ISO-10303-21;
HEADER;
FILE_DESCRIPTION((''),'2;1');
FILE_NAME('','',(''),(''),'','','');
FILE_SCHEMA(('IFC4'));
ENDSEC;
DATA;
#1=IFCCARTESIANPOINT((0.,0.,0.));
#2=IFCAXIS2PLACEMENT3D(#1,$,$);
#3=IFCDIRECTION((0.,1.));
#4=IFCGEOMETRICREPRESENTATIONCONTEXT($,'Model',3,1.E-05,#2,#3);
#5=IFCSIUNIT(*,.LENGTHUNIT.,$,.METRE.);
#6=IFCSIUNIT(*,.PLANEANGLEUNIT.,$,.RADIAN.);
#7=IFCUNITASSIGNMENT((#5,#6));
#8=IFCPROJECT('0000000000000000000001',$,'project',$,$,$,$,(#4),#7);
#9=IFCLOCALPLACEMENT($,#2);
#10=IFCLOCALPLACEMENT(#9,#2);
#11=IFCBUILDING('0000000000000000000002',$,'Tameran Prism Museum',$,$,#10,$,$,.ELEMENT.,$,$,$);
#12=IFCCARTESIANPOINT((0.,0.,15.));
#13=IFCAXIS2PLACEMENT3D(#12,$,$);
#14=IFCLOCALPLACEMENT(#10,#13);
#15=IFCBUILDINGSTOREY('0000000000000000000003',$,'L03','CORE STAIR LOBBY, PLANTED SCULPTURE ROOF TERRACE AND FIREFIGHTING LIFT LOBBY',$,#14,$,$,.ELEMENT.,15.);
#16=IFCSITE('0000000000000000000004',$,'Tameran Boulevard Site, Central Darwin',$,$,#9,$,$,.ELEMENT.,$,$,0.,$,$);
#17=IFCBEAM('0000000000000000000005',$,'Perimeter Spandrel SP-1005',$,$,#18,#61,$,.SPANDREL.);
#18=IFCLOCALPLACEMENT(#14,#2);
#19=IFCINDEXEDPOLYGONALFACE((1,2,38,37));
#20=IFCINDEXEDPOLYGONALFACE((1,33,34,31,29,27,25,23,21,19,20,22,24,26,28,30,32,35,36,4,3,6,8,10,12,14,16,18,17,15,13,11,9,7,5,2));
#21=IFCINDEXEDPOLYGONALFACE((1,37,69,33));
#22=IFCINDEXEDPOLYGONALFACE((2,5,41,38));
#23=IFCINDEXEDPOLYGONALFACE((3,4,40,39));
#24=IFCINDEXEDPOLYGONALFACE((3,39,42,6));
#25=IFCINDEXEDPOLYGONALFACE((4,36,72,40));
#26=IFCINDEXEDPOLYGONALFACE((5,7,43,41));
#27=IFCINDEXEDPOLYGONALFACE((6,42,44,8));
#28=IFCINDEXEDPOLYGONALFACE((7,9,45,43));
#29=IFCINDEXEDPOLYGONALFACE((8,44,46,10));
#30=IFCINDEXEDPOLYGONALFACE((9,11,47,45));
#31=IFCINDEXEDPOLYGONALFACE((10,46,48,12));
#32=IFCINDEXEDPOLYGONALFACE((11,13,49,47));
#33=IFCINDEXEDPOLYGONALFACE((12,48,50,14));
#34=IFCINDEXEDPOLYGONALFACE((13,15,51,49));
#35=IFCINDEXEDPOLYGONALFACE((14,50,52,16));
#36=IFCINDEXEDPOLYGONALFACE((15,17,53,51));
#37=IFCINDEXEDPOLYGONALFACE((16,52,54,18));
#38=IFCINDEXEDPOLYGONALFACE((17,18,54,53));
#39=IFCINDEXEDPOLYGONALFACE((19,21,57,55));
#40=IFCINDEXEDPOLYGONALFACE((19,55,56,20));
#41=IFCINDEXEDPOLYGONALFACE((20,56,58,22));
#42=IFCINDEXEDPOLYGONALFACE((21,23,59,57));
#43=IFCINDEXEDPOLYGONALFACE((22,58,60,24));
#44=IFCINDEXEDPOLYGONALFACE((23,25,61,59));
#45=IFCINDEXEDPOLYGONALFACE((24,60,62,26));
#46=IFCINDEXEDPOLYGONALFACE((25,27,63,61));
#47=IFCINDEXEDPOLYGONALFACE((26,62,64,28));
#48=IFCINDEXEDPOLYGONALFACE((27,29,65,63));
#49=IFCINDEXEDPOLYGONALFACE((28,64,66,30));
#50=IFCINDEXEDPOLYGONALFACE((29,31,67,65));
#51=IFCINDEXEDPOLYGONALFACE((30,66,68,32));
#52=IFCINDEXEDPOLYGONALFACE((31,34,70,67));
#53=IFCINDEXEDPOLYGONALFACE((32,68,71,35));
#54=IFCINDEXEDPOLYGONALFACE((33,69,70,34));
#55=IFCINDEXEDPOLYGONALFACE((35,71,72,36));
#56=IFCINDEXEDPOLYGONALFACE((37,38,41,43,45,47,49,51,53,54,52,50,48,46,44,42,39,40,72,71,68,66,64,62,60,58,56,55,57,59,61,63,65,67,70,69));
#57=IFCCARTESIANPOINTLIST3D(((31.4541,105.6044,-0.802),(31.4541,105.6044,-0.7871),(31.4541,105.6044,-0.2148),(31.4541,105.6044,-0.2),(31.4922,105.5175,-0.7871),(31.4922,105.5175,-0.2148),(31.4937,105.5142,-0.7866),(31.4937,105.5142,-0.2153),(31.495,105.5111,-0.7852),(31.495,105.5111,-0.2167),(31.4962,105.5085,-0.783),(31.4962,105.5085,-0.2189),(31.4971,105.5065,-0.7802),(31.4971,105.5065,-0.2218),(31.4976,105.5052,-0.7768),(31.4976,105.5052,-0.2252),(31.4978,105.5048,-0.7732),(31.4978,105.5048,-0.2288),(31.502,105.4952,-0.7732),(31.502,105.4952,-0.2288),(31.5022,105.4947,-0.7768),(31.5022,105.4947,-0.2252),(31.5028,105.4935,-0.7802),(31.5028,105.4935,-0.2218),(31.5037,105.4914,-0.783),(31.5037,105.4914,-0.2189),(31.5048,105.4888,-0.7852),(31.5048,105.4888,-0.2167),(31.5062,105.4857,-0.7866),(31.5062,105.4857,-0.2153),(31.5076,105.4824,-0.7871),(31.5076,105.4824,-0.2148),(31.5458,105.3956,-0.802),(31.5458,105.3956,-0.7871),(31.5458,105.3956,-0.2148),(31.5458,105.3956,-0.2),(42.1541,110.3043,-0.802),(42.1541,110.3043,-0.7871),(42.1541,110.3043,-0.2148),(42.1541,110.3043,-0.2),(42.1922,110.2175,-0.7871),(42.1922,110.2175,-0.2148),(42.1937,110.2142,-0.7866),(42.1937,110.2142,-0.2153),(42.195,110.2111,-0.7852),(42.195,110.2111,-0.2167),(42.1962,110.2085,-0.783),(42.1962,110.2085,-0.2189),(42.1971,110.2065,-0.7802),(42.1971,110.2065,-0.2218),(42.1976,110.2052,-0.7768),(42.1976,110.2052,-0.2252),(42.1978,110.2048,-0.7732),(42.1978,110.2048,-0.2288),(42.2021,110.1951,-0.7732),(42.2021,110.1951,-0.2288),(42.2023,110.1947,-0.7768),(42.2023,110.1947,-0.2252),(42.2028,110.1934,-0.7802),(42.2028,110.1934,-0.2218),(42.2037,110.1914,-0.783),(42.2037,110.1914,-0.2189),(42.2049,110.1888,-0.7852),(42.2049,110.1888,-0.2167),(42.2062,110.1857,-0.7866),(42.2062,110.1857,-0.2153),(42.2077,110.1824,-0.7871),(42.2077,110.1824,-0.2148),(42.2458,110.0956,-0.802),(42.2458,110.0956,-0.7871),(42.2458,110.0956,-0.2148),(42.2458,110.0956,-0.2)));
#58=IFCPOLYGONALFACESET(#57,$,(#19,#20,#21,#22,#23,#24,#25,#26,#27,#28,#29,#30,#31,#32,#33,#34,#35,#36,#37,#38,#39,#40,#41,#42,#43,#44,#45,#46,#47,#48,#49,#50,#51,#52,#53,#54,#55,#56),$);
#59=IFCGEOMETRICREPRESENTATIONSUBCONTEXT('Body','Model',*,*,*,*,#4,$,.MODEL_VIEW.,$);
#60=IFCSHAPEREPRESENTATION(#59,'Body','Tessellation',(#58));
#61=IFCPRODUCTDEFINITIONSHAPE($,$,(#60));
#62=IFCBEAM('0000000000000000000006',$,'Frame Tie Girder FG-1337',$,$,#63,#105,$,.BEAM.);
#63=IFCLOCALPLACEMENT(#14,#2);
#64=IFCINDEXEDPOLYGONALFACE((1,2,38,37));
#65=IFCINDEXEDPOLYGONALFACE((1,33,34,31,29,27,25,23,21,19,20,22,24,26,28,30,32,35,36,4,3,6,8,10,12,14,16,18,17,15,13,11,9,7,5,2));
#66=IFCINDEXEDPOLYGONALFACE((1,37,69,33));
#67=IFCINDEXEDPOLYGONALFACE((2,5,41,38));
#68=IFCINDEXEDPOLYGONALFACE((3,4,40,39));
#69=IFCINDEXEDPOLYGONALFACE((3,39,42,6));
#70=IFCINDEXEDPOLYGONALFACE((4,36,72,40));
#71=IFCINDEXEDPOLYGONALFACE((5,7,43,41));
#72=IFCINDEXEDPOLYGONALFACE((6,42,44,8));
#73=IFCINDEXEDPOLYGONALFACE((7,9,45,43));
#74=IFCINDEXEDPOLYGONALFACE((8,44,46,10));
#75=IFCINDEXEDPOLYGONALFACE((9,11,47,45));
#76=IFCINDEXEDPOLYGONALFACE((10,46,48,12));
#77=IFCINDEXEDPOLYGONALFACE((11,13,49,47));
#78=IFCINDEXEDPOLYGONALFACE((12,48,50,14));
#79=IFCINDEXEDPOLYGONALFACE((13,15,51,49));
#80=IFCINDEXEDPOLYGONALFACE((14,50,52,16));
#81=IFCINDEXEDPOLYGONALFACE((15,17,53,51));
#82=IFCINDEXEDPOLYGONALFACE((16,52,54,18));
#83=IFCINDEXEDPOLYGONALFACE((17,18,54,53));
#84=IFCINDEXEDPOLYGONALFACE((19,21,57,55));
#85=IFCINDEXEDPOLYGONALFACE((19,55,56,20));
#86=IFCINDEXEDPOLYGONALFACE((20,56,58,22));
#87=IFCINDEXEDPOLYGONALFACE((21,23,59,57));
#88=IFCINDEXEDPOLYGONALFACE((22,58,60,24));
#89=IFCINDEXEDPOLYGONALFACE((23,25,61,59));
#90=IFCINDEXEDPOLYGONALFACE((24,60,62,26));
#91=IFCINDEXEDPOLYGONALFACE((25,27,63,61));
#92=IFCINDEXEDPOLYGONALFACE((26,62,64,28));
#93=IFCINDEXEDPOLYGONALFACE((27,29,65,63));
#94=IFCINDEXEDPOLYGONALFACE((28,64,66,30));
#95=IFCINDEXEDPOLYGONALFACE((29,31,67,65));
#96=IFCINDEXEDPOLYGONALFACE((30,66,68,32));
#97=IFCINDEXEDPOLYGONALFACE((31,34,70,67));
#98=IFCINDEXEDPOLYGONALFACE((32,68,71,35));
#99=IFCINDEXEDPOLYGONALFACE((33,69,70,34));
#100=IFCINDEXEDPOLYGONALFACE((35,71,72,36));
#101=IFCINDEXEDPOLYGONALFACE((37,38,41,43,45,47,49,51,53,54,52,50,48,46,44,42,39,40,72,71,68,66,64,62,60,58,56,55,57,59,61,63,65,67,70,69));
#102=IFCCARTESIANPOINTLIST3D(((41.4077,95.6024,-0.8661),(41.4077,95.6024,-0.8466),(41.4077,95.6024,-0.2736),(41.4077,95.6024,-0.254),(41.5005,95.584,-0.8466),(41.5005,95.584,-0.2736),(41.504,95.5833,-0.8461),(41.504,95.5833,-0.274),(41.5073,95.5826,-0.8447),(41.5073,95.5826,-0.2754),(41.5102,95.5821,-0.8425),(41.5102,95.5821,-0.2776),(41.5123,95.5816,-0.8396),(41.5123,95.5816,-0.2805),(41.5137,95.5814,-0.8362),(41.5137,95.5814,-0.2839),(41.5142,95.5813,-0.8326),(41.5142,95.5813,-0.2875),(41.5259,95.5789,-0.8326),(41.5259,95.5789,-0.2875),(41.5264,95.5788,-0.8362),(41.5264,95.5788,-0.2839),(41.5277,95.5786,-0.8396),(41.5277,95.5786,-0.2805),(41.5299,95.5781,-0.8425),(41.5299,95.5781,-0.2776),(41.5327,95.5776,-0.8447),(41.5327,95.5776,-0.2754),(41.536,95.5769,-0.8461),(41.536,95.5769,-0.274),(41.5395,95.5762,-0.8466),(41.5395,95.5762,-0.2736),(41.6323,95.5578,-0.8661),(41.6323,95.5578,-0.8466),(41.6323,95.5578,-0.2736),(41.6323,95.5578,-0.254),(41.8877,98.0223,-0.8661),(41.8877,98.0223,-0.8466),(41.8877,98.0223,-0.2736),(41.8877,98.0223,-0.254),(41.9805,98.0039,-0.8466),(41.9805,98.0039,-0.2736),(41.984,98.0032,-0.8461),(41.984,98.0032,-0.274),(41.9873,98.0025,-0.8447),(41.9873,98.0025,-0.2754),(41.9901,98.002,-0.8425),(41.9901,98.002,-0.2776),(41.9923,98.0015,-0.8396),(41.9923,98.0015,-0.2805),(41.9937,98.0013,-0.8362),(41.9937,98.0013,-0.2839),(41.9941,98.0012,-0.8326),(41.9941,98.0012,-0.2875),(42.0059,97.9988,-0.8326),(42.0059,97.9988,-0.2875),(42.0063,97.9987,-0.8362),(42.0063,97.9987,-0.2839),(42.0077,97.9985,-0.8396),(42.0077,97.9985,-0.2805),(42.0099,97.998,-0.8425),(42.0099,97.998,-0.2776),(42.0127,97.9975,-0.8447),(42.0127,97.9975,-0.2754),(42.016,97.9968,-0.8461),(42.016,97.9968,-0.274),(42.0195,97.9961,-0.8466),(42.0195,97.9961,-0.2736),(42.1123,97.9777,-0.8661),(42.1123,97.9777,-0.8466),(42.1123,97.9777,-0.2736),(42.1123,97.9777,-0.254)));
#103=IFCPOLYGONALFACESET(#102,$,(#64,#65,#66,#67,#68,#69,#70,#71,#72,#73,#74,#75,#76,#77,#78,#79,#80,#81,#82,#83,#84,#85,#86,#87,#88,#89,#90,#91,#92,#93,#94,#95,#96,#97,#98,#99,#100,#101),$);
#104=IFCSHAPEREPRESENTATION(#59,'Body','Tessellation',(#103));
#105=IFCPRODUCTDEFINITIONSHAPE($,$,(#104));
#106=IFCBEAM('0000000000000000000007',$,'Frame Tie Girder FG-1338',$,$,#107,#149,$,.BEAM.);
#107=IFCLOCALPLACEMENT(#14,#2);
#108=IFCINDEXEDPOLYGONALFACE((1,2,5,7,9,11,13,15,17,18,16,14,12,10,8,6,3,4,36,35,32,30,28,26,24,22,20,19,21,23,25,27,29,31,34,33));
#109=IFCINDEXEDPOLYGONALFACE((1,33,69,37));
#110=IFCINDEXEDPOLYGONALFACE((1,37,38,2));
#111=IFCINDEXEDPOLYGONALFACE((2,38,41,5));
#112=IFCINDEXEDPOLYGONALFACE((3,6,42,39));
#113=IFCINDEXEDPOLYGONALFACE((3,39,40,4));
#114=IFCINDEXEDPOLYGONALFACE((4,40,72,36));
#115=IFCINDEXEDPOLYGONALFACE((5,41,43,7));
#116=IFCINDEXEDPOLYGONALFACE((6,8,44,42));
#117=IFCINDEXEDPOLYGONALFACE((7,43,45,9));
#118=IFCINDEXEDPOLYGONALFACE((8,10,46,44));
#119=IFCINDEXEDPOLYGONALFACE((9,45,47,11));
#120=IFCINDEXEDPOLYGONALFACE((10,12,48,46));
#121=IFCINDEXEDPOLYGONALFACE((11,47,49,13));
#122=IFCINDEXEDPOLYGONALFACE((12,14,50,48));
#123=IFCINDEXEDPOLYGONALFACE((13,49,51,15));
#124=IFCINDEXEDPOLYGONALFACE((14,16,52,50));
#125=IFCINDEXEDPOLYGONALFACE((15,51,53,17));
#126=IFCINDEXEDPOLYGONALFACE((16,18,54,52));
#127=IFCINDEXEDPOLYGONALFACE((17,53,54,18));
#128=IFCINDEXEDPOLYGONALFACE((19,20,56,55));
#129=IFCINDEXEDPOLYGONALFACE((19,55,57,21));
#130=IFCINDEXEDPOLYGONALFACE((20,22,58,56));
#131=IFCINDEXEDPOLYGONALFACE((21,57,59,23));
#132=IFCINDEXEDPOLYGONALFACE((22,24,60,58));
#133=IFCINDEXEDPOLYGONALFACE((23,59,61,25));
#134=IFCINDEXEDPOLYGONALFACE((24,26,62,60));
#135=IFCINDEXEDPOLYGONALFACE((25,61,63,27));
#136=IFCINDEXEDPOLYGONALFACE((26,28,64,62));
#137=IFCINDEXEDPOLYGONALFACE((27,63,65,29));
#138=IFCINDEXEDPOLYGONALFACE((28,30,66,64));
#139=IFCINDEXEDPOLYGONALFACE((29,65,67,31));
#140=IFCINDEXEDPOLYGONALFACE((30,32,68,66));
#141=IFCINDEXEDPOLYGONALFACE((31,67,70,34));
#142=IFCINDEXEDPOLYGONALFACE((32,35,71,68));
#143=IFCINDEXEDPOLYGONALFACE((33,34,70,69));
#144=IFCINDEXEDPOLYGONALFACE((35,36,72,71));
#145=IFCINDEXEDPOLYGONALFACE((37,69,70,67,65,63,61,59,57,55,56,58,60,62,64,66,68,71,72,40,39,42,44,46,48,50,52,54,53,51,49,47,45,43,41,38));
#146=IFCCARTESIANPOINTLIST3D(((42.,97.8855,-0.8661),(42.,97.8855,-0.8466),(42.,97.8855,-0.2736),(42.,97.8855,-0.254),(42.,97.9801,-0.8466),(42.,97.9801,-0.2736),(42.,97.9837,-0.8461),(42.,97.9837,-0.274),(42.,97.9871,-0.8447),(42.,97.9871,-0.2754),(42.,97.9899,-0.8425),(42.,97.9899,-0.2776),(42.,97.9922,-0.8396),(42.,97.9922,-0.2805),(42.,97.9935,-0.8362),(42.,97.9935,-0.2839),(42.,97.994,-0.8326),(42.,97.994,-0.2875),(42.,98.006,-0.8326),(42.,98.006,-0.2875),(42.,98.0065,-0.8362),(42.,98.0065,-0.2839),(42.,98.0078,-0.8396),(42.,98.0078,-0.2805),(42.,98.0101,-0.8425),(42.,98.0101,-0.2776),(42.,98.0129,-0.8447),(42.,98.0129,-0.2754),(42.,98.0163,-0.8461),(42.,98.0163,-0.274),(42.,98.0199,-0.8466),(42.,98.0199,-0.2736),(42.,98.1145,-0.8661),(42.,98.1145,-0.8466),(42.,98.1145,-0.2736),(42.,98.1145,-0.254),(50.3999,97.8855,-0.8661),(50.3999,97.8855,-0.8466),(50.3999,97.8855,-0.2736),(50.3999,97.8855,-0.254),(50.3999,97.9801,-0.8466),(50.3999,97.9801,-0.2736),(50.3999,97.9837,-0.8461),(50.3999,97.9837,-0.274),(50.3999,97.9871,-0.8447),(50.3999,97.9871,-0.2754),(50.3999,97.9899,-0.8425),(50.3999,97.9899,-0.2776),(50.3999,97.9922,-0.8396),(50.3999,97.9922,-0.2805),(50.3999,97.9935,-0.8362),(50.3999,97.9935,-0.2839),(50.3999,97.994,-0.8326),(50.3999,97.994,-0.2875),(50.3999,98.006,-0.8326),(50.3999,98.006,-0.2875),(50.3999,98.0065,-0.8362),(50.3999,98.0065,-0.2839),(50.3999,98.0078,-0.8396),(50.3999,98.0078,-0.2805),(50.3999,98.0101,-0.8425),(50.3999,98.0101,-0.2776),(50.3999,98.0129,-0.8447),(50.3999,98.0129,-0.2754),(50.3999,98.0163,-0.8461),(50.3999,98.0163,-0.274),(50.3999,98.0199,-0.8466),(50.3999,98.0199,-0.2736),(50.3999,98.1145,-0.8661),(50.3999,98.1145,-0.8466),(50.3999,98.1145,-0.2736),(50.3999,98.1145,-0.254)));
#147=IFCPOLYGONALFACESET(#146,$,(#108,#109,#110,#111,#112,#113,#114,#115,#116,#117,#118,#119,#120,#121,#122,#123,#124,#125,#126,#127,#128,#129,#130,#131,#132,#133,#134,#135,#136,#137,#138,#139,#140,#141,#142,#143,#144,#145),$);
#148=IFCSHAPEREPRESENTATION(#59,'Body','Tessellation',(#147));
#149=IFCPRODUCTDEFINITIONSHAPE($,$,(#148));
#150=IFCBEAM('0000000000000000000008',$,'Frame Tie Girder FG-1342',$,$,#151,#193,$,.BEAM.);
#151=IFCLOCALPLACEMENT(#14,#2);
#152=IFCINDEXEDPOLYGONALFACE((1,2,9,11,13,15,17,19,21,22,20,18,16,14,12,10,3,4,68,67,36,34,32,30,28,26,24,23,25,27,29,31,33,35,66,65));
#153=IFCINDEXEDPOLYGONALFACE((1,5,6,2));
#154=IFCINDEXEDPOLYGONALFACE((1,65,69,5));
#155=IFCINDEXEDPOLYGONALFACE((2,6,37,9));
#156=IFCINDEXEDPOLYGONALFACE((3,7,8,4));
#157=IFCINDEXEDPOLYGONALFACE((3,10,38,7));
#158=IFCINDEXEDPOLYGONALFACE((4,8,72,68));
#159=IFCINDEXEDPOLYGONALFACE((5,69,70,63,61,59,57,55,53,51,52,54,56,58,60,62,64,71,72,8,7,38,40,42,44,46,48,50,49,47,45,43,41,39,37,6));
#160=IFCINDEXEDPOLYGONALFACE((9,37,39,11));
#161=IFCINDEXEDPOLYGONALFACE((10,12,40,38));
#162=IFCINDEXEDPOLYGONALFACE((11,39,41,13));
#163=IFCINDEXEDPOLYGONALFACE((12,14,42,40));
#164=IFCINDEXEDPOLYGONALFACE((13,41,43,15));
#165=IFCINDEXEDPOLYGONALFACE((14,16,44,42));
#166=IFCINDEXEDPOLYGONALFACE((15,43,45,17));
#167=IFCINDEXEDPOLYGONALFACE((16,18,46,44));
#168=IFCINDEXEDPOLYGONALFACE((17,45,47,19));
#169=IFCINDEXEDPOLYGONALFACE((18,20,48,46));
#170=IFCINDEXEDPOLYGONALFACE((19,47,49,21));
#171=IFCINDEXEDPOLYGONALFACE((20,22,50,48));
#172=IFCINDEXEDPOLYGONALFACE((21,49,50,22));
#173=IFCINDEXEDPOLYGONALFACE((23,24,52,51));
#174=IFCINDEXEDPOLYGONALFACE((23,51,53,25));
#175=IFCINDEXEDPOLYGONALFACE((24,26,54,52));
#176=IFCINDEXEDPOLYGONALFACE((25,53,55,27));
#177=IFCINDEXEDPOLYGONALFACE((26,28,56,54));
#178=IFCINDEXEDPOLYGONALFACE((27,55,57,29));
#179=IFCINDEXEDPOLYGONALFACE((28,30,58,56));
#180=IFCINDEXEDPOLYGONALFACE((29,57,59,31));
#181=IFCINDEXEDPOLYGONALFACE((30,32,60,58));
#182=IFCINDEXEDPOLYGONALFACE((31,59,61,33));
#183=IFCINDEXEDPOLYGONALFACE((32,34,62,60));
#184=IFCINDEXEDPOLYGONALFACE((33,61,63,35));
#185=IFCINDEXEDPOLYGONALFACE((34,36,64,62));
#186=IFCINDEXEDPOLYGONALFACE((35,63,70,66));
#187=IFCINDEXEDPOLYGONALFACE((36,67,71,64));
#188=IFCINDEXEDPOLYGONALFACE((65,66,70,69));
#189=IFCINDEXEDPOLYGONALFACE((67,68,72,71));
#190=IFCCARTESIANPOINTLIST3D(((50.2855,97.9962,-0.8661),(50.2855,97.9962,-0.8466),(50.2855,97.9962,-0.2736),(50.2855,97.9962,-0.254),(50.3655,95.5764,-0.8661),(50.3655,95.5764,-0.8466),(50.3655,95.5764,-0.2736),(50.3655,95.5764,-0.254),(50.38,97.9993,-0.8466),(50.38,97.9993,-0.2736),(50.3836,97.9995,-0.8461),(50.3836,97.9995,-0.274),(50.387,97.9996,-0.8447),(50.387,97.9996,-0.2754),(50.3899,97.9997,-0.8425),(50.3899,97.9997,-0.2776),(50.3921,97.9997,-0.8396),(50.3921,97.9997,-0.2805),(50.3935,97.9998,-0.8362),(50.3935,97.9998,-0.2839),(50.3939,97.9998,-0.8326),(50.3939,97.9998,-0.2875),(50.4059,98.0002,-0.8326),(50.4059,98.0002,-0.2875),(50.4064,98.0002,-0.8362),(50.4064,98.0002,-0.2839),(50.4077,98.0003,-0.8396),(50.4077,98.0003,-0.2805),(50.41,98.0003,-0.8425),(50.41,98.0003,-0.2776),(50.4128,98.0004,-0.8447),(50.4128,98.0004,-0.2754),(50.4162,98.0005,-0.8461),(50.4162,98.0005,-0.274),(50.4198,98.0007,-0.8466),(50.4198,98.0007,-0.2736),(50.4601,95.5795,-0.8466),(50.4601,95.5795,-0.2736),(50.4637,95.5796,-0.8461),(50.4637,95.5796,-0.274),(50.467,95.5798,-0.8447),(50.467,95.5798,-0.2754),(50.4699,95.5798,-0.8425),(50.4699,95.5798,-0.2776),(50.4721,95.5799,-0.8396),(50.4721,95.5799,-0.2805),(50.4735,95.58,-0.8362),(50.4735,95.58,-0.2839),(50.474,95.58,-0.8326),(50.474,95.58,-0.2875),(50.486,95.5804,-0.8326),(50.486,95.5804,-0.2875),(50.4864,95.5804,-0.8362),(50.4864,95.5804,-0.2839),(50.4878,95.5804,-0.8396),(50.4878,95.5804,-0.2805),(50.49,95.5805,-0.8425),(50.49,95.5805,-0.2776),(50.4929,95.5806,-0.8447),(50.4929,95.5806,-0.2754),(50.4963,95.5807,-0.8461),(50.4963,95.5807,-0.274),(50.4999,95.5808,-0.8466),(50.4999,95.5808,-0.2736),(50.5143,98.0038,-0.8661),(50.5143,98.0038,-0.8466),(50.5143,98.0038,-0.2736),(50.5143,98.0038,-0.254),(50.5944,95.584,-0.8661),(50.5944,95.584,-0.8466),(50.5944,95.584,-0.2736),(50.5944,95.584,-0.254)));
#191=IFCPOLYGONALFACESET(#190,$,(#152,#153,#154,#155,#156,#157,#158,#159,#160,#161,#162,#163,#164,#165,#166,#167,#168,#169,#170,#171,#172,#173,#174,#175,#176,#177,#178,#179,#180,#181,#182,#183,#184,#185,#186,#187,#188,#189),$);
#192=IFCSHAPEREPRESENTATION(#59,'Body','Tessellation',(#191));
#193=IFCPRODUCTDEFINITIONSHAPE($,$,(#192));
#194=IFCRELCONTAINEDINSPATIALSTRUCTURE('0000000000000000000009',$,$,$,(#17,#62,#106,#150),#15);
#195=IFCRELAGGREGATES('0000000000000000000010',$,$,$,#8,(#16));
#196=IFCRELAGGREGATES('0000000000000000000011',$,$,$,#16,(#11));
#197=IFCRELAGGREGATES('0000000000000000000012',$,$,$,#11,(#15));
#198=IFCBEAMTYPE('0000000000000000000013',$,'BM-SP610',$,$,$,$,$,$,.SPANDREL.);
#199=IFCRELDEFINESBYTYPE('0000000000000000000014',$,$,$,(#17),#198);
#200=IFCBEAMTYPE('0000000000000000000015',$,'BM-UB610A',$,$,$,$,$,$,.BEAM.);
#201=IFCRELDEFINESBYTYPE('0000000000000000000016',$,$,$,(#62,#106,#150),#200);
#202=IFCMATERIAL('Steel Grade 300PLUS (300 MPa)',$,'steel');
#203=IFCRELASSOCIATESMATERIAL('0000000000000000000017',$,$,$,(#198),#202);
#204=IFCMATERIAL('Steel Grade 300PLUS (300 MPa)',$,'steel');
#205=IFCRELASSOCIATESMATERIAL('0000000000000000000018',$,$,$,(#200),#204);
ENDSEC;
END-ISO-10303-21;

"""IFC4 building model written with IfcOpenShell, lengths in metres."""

from ifc_helpers import new_model, si_unit, direction, frame, origin, origin_2d, place, context, subcontext, project, spatial, i_section, extrude, material, material_profile, profile_set, type_object, element, save


model = new_model("IFC4")

# Units and contexts
model_context = context("Model", 3, precision=1e-05, world=origin(), true_north=direction((0.0, 1.0)))
body_context = subcontext(model_context, "Body", "Model", "MODEL_VIEW")
ifc_project = project(units=[si_unit("LENGTHUNIT", "METRE"), si_unit("PLANEANGLEUNIT", "RADIAN")], contexts=[model_context])

# Site, building, storey
site_placement = place(None, origin())
site = spatial("IfcSite", under=ifc_project, at=site_placement, Name="Tameran Boulevard Site, Central Darwin", CompositionType="ELEMENT", RefElevation=0.0)
building_placement = place(site_placement, origin())
building = spatial("IfcBuilding", under=site, at=building_placement, Name="Tameran Prism Museum", CompositionType="ELEMENT")
storey_placement = place(building_placement, frame((0.0, 0.0, 15.0)))
storey = spatial("IfcBuildingStorey", under=building, at=storey_placement, Name="L03", Description="CORE STAIR LOBBY, PLANTED SCULPTURE ROOF TERRACE AND FIREFIGHTING LIFT LOBBY", CompositionType="ELEMENT", Elevation=15.0)

# Beams
ifc_material_1 = material(Name="Steel Grade 300PLUS (300 MPa)", Category="steel")
ifc_material_profile_1 = material_profile(ifc_material_1, i_section(OverallWidth=0.228, OverallDepth=0.6021, WebThickness=0.0105, FlangeThickness=0.0149, FilletRadius=0.0139, at=origin_2d()))
ifc_profile_set_1 = profile_set([ifc_material_profile_1])
beam_type_1 = type_object("IfcBeamType", Name="BM-SP610", PredefinedType="SPANDREL", material=ifc_profile_set_1)
beam_1_placement = place(storey_placement, frame((42.2, 110.2, -0.501), z_axis=(-0.915568, -0.402163, 0.0), x_axis=(0.402163, -0.915568, 0.0)))
element("IfcBeam", 1, at=beam_1_placement, inside=storey, type_object=beam_type_1, Name="Perimeter Spandrel SP-1005", PredefinedType="SPANDREL", context=body_context, shape_type="SweptSolid", body=[
    extrude(i_section(OverallWidth=0.228, OverallDepth=0.6021, WebThickness=0.0105, FlangeThickness=0.0149, FilletRadius=0.0139, at=origin_2d()), origin(), (0.0, 0.0, 1.0), 11.6868),
])
ifc_material_2 = material(Name="Steel Grade 300PLUS (300 MPa)", Category="steel")
ifc_material_profile_2 = material_profile(ifc_material_2, i_section(OverallWidth=0.229, OverallDepth=0.6121, WebThickness=0.012, FlangeThickness=0.0195, FilletRadius=0.0139, at=origin_2d()))
ifc_profile_set_2 = profile_set([ifc_material_profile_2])
beam_type_2 = type_object("IfcBeamType", Name="BM-UB610A", PredefinedType="BEAM", material=ifc_profile_set_2)
beam_2_placement = place(storey_placement, frame((42.0, 98.0, -0.5601), z_axis=(-0.194555, -0.980892, 0.0), x_axis=(0.980892, -0.194555, 0.0)))
element("IfcBeam", 2, at=beam_2_placement, inside=storey, type_object=beam_type_2, Name="Frame Tie Girder FG-1337", PredefinedType="BEAM", context=body_context, shape_type="SweptSolid", body=[
    extrude(i_section(OverallWidth=0.229, OverallDepth=0.6121, WebThickness=0.012, FlangeThickness=0.0195, FilletRadius=0.0139, at=origin_2d()), origin(), (0.0, 0.0, 1.0), 2.467),
])
beam_3_placement = place(storey_placement, frame((42.0, 98.0, -0.5601), z_axis=(1.0, 0.0, 0.0), x_axis=(0.0, 1.0, 0.0)))
element("IfcBeam", 3, at=beam_3_placement, inside=storey, type_object=beam_type_2, Name="Frame Tie Girder FG-1338", PredefinedType="BEAM", context=body_context, shape_type="SweptSolid", body=[
    extrude(i_section(OverallWidth=0.229, OverallDepth=0.6121, WebThickness=0.012, FlangeThickness=0.0195, FilletRadius=0.0139, at=origin_2d()), origin(), (0.0, 0.0, 1.0), 8.3999),
])
beam_4_placement = place(storey_placement, frame((50.3999, 98.0, -0.5601), z_axis=(0.033073, -0.999453, 0.0), x_axis=(0.999453, 0.033073, 0.0)))
element("IfcBeam", 4, at=beam_4_placement, inside=storey, type_object=beam_type_2, Name="Frame Tie Girder FG-1342", PredefinedType="BEAM", context=body_context, shape_type="SweptSolid", body=[
    extrude(i_section(OverallWidth=0.229, OverallDepth=0.6121, WebThickness=0.012, FlangeThickness=0.0195, FilletRadius=0.0139, at=origin_2d()), origin(), (0.0, 0.0, 1.0), 2.4211),
])

save(model, "model.ifc")
